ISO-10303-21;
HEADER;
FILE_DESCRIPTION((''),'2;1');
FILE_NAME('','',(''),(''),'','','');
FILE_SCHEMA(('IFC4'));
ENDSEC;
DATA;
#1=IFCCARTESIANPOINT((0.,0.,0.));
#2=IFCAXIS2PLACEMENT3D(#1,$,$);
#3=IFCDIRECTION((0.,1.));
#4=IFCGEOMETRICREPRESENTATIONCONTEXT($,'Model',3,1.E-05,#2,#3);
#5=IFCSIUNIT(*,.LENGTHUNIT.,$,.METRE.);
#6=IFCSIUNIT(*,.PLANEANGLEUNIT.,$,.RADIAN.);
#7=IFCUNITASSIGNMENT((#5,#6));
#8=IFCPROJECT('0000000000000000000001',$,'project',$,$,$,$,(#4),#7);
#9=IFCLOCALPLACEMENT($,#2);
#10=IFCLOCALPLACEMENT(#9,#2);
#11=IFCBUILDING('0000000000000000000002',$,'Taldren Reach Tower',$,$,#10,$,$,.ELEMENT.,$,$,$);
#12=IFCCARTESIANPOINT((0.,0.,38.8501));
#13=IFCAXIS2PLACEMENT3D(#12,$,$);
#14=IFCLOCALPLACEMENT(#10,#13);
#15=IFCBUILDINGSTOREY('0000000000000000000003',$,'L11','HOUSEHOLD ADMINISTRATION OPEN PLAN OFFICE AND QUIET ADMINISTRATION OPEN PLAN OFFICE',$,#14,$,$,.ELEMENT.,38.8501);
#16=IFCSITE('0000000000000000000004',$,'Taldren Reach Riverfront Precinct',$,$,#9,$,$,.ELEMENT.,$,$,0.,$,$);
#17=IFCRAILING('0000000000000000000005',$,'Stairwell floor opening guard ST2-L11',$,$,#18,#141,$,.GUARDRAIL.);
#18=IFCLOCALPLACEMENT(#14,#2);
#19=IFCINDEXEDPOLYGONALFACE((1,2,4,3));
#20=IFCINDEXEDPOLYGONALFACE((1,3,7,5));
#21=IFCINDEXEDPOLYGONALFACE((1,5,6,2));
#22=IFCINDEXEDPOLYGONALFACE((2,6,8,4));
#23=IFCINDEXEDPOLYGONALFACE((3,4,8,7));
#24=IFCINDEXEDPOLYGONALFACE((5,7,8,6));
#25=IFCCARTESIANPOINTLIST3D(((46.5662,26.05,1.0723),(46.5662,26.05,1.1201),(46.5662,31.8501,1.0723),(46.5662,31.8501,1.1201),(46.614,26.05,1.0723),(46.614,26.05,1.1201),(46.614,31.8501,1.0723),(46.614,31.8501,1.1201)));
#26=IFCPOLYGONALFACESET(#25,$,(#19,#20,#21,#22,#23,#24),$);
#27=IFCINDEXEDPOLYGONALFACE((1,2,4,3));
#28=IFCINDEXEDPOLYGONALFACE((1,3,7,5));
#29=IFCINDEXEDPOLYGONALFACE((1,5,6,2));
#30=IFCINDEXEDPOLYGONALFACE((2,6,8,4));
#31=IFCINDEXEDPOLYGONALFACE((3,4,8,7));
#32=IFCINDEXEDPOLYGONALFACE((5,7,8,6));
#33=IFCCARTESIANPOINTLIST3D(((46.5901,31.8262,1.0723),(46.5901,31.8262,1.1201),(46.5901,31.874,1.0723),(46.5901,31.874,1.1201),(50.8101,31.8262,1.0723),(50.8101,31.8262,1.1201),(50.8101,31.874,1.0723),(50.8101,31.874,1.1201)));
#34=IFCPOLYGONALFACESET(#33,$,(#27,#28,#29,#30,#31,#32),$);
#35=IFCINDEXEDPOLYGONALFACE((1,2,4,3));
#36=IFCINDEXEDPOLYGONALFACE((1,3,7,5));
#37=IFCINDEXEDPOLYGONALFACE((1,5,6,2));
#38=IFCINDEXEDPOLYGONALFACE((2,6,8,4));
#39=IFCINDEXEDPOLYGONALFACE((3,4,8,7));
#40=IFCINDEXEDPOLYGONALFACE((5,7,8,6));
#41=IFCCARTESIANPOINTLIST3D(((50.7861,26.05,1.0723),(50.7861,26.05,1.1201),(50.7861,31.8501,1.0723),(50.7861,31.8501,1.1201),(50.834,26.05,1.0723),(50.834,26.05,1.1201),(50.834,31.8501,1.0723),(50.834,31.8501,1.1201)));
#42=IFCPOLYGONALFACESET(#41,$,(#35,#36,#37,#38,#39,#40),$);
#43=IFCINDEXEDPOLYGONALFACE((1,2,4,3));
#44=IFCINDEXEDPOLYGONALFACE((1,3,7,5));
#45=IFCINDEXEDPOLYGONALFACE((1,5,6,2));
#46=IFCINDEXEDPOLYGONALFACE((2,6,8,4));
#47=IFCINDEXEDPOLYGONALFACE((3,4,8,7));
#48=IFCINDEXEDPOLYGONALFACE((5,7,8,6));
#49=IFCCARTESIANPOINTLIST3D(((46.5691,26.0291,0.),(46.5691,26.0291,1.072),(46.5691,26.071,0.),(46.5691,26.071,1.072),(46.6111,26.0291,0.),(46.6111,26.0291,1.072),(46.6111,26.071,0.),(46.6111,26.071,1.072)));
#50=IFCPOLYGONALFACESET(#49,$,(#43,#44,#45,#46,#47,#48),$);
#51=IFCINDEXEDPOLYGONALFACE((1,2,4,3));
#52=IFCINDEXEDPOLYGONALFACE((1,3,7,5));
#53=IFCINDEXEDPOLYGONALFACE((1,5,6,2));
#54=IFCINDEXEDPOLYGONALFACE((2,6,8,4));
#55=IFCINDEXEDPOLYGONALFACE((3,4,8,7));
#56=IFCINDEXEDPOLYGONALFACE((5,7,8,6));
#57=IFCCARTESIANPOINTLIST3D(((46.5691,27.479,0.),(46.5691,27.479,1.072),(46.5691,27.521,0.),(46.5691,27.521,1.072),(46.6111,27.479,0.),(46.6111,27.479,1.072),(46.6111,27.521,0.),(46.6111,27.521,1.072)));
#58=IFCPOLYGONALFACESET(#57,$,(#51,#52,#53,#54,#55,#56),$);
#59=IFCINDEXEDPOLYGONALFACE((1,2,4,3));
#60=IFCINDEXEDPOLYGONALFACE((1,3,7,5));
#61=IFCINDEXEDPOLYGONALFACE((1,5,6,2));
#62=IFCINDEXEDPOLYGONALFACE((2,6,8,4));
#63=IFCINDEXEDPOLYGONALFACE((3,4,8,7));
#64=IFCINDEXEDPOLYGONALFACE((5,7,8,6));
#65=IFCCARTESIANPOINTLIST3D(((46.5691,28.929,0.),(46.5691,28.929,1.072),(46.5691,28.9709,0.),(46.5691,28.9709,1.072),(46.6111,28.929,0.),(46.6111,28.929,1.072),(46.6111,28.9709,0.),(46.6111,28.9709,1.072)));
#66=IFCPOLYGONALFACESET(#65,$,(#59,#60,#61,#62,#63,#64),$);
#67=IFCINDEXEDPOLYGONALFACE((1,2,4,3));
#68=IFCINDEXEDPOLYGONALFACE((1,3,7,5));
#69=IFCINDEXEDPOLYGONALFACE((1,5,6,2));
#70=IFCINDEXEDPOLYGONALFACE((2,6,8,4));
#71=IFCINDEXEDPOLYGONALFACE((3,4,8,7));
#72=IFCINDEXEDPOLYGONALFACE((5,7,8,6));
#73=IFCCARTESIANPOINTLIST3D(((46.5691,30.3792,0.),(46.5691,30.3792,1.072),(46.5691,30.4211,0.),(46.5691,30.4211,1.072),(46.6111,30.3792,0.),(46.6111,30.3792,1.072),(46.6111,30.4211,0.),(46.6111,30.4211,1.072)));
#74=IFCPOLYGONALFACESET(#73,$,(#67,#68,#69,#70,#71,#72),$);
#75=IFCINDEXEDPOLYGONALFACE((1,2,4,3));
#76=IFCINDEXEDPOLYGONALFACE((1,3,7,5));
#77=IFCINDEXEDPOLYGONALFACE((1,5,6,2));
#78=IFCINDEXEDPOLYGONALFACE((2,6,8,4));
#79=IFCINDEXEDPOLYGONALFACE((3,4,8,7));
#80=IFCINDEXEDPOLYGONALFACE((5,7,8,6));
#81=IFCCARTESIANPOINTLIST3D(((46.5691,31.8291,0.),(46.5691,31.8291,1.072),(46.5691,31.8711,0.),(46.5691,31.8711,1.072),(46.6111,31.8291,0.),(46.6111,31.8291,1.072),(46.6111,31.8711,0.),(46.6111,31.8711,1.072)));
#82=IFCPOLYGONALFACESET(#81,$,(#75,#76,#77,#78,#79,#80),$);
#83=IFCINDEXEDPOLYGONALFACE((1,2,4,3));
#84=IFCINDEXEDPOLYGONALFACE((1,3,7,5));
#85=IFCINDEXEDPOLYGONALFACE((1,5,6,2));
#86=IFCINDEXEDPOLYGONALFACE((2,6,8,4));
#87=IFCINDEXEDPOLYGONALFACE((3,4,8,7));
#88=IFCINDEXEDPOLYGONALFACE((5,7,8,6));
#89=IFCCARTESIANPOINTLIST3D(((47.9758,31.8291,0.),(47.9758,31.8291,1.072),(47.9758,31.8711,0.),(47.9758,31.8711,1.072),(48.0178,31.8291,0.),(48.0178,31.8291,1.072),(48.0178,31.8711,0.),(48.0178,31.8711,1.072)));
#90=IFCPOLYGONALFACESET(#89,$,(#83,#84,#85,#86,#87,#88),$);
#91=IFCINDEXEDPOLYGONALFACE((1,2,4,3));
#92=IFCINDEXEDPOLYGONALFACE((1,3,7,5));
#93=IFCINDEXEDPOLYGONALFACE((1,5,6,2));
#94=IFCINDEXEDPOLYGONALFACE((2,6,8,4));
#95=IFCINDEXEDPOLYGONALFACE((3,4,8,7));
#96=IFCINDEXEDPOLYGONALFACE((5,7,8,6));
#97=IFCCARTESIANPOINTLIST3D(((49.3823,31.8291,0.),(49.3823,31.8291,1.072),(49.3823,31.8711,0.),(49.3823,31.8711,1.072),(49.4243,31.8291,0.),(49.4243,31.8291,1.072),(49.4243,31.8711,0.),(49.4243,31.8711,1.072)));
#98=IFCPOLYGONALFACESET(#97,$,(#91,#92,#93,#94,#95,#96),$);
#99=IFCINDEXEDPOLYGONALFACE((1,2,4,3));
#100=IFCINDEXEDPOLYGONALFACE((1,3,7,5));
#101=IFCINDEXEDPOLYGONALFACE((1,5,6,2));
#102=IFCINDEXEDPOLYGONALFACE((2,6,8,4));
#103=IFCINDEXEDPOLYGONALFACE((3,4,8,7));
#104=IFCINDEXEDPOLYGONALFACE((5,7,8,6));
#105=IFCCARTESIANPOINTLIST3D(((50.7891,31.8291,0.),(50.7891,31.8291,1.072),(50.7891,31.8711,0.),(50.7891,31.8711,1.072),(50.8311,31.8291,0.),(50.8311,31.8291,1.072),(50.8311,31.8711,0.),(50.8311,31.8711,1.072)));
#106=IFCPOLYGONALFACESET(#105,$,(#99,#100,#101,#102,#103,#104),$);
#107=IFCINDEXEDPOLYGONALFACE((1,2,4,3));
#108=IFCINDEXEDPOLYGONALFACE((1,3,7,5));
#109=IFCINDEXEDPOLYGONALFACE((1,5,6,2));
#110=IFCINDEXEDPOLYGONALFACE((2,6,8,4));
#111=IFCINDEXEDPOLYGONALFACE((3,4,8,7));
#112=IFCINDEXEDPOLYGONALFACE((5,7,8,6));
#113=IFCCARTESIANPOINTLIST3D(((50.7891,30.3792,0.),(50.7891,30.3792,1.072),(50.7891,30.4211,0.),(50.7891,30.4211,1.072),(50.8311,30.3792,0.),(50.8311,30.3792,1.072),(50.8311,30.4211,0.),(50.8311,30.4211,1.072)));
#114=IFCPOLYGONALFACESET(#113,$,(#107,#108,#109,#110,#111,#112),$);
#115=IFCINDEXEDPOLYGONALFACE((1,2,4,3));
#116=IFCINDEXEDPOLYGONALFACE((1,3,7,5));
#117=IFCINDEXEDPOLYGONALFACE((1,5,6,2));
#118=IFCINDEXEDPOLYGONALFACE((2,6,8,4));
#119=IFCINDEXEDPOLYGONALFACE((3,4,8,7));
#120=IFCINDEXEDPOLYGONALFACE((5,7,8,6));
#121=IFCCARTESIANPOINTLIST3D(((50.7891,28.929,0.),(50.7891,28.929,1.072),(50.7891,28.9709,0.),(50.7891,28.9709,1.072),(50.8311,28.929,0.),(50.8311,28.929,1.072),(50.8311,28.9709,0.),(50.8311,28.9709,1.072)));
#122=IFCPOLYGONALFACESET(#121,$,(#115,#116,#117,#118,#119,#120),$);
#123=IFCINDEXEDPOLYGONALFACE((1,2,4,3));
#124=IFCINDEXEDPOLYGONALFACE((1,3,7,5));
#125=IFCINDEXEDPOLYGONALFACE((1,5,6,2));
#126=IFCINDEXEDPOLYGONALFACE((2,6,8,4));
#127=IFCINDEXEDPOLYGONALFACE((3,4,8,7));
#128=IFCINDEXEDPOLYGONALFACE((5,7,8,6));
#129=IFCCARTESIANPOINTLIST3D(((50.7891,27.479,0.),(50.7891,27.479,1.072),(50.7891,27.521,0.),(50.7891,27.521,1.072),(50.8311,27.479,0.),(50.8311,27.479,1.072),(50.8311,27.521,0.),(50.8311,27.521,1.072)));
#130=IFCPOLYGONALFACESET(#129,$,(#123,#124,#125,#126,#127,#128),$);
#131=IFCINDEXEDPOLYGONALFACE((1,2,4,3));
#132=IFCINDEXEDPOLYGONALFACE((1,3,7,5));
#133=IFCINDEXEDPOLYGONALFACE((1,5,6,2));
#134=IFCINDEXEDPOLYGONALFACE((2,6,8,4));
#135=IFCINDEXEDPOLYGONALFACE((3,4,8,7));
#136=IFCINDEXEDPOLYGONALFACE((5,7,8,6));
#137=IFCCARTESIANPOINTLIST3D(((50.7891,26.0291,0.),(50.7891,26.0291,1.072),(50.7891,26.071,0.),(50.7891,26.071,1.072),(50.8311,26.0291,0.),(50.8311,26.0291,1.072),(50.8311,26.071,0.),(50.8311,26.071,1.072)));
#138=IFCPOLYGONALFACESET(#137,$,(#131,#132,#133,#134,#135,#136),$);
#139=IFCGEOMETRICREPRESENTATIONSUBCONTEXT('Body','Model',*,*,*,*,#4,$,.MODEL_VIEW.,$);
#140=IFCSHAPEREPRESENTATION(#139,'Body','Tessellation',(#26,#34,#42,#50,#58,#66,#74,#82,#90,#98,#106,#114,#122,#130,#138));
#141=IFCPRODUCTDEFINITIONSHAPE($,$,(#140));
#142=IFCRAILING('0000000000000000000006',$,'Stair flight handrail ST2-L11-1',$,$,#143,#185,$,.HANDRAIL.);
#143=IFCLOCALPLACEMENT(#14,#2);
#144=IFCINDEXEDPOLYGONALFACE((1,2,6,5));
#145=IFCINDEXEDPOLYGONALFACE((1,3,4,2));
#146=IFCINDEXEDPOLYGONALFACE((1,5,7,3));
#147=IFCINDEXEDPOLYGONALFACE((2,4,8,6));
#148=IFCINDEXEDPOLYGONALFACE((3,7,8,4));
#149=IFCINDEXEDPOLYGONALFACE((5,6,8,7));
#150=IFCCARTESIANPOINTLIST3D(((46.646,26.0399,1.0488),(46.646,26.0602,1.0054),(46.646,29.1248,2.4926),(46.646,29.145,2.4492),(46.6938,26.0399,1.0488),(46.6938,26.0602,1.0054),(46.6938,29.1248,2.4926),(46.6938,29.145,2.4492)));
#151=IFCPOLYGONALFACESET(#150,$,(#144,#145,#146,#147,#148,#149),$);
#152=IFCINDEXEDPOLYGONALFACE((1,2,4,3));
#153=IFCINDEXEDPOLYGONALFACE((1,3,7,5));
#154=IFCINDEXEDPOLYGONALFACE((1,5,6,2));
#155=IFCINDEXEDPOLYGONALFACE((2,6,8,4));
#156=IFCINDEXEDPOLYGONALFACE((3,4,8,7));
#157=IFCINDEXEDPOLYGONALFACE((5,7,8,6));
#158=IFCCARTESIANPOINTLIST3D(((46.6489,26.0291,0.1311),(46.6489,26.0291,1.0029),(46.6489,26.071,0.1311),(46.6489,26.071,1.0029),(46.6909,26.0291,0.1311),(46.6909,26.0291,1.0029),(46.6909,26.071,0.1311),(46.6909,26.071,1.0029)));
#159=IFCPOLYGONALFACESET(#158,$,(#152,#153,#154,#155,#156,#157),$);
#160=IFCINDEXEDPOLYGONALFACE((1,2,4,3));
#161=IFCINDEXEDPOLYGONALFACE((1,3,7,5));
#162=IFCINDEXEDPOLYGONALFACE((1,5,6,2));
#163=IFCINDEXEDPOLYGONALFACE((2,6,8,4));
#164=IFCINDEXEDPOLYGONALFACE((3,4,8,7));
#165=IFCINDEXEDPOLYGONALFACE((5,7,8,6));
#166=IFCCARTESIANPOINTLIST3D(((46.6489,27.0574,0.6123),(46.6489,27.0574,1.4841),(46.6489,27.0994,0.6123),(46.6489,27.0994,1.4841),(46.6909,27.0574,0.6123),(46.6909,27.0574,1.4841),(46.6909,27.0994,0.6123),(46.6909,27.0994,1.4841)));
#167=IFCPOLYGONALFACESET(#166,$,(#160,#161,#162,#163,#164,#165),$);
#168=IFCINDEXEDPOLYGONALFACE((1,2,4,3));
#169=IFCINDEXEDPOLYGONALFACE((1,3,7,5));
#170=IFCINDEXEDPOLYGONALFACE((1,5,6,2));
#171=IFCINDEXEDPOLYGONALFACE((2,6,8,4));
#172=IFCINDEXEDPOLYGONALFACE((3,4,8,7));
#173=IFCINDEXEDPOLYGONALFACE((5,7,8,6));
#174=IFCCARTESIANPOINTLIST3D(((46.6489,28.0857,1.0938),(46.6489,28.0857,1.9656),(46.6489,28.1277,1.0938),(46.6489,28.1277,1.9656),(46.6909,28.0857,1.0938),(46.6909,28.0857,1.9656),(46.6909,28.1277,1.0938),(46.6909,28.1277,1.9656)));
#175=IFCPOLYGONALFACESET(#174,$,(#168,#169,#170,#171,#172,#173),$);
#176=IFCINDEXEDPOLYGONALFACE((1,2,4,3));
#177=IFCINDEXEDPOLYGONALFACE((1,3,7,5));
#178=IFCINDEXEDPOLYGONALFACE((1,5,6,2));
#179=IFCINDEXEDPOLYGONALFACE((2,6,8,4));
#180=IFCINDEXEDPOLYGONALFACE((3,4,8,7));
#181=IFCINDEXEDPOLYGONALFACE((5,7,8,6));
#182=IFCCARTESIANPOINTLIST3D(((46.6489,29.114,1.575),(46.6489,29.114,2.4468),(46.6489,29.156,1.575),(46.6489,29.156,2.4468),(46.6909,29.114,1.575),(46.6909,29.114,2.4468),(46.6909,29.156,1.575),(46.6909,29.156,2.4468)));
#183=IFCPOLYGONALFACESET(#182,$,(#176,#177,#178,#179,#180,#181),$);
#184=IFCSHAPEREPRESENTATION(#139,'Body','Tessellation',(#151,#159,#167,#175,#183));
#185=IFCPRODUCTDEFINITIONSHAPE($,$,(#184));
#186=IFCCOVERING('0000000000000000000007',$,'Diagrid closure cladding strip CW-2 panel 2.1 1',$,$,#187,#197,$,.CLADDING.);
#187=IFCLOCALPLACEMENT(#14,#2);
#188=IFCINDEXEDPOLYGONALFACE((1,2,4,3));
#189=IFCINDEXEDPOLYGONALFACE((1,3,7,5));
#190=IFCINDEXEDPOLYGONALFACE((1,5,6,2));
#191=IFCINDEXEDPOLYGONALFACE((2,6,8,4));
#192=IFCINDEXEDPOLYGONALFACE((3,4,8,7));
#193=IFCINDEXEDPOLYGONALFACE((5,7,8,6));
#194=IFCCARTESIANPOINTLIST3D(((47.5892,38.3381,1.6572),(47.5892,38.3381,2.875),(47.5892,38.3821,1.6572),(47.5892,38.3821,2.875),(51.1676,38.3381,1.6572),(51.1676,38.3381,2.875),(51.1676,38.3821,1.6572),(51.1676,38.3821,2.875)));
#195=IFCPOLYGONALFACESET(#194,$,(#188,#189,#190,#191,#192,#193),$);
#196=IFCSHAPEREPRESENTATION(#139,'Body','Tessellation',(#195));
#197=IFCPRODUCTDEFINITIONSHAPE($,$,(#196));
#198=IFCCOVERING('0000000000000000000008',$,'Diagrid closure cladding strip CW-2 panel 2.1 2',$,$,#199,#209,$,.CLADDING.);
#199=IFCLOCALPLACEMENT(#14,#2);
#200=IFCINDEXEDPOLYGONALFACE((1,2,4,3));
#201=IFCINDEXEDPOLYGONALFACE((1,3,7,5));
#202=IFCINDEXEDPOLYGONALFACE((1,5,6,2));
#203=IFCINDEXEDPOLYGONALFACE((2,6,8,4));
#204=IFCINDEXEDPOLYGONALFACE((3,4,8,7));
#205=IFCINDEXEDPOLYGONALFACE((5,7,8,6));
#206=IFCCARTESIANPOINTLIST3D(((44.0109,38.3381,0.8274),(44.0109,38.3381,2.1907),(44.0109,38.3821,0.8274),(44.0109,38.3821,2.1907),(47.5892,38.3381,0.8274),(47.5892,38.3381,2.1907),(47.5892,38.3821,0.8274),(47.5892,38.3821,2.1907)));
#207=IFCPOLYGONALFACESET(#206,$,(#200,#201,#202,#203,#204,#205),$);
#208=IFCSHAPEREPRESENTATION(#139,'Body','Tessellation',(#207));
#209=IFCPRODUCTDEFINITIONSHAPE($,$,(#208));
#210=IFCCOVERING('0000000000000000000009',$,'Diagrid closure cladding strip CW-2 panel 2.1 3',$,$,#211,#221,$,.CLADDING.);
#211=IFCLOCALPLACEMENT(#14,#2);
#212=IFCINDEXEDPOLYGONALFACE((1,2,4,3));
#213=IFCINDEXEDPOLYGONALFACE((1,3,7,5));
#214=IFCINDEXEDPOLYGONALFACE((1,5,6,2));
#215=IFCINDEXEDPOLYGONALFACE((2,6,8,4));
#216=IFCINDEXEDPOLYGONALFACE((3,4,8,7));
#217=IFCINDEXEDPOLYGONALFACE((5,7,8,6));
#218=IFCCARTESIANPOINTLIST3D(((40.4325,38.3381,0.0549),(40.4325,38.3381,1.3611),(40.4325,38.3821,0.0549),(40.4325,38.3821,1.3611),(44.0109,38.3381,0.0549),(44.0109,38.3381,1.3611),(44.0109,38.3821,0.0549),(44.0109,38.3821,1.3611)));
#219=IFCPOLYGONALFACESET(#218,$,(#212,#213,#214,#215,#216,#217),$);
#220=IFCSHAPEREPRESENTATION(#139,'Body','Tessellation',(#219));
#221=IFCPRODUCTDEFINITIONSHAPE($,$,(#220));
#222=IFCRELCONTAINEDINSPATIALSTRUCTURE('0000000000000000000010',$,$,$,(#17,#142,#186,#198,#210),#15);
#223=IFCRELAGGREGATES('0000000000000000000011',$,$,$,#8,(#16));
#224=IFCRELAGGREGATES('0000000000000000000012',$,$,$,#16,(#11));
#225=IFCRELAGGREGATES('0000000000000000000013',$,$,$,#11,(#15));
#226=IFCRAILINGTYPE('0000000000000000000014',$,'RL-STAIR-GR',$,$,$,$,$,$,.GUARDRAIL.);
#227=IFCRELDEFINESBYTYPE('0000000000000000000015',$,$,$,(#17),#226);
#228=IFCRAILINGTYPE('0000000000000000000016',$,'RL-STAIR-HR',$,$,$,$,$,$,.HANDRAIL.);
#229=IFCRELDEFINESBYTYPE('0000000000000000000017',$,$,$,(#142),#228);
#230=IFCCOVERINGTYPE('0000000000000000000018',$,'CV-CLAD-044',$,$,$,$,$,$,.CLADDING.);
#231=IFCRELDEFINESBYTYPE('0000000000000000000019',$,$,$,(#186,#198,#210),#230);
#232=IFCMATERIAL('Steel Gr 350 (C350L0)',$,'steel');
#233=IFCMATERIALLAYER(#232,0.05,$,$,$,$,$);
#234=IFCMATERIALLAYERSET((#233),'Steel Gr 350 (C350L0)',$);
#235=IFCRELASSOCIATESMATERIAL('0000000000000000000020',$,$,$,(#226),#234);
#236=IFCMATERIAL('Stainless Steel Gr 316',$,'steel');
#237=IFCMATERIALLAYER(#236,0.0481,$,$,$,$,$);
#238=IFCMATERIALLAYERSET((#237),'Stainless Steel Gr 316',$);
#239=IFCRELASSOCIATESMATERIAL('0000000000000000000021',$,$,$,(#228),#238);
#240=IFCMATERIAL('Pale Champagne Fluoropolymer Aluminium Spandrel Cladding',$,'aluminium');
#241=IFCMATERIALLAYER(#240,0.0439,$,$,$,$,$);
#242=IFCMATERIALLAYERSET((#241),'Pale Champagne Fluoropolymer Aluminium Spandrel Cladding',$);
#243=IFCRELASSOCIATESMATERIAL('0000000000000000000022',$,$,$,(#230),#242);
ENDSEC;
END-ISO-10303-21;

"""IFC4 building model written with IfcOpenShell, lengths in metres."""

from ifc_helpers import new_model, si_unit, direction, frame, origin, origin_2d, place, context, subcontext, project, spatial, rectangle, extrude, source, transform, mapped, material, layer, layer_set, type_object, element, save


model = new_model("IFC4")

# Units and contexts
model_context = context("Model", 3, precision=1e-05, world=origin(), true_north=direction((0.0, 1.0)))
body_context = subcontext(model_context, "Body", "Model", "MODEL_VIEW")
ifc_project = project(units=[si_unit("LENGTHUNIT", "METRE"), si_unit("PLANEANGLEUNIT", "RADIAN")], contexts=[model_context])

# Site, building, storey
site_placement = place(None, origin())
site = spatial("IfcSite", under=ifc_project, at=site_placement, Name="Taldren Reach Riverfront Precinct", CompositionType="ELEMENT", RefElevation=0.0)
building_placement = place(site_placement, origin())
building = spatial("IfcBuilding", under=site, at=building_placement, Name="Taldren Reach Tower", CompositionType="ELEMENT")
storey_placement = place(building_placement, frame((0.0, 0.0, 38.8501)))
storey = spatial("IfcBuildingStorey", under=building, at=storey_placement, Name="L11", Description="HOUSEHOLD ADMINISTRATION OPEN PLAN OFFICE AND QUIET ADMINISTRATION OPEN PLAN OFFICE", CompositionType="ELEMENT", Elevation=38.8501)

# Shared definitions
ifc_material_1 = material(Name="Steel Gr 350 (C350L0)", Category="steel")

# Railings
ifc_layer_1 = layer(ifc_material_1, 0.05)
ifc_layer_set_1 = layer_set([ifc_layer_1], Name="Steel Gr 350 (C350L0)")
railing_type_1 = type_object("IfcRailingType", Name="RL-STAIR-GR", PredefinedType="GUARDRAIL", material=ifc_layer_set_1)
railing_1_placement = place(storey_placement, frame((46.5901, 26.05, 0.0)))
element("IfcRailing", 1, at=railing_1_placement, inside=storey, type_object=railing_type_1, Name="Stairwell floor opening guard ST2-L11", PredefinedType="GUARDRAIL", context=body_context, shape_type="SweptSolid", body=[
    extrude(rectangle(XDim=0.0479, YDim=0.0479, at=origin_2d()), frame((0.0, 0.0, 1.0962), z_axis=(0.0, 1.0, 0.0), x_axis=(-1.0, 0.0, 0.0)), (0.0, 0.0, 1.0), 5.8),
    extrude(rectangle(XDim=0.0479, YDim=0.0479, at=origin_2d()), frame((0.0, 5.8, 1.0962), z_axis=(1.0, 0.0, 0.0), x_axis=(0.0, 1.0, 0.0)), (0.0, 0.0, 1.0), 4.22),
    extrude(rectangle(XDim=0.0479, YDim=0.0479, at=origin_2d()), frame((4.22, 5.8, 1.0962), z_axis=(0.0, -1.0, 0.0), x_axis=(1.0, 0.0, 0.0)), (0.0, 0.0, 1.0), 5.8),
    extrude(rectangle(XDim=0.042, YDim=0.042, at=origin_2d()), origin(), (0.0, 0.0, 1.0), 1.072),
    extrude(rectangle(XDim=0.042, YDim=0.042, at=origin_2d()), frame((0.0, 1.45, 0.0)), (0.0, 0.0, 1.0), 1.072),
    extrude(rectangle(XDim=0.042, YDim=0.042, at=origin_2d()), frame((0.0, 2.8999, 0.0)), (0.0, 0.0, 1.0), 1.072),
    extrude(rectangle(XDim=0.042, YDim=0.042, at=origin_2d()), frame((0.0, 4.3501, 0.0)), (0.0, 0.0, 1.0), 1.072),
    extrude(rectangle(XDim=0.042, YDim=0.042, at=origin_2d()), frame((0.0, 5.8, 0.0)), (0.0, 0.0, 1.0), 1.072),
    extrude(rectangle(XDim=0.042, YDim=0.042, at=origin_2d()), frame((1.4067, 5.8, 0.0)), (0.0, 0.0, 1.0), 1.072),
    extrude(rectangle(XDim=0.042, YDim=0.042, at=origin_2d()), frame((2.8132, 5.8, 0.0)), (0.0, 0.0, 1.0), 1.072),
    extrude(rectangle(XDim=0.042, YDim=0.042, at=origin_2d()), frame((4.22, 5.8, 0.0)), (0.0, 0.0, 1.0), 1.072),
    extrude(rectangle(XDim=0.042, YDim=0.042, at=origin_2d()), frame((4.22, 4.3501, 0.0)), (0.0, 0.0, 1.0), 1.072),
    extrude(rectangle(XDim=0.042, YDim=0.042, at=origin_2d()), frame((4.22, 2.8999, 0.0)), (0.0, 0.0, 1.0), 1.072),
    extrude(rectangle(XDim=0.042, YDim=0.042, at=origin_2d()), frame((4.22, 1.45, 0.0)), (0.0, 0.0, 1.0), 1.072),
    extrude(rectangle(XDim=0.042, YDim=0.042, at=origin_2d()), frame((4.22, 0.0, 0.0)), (0.0, 0.0, 1.0), 1.072),
])
ifc_material_2 = material(Name="Stainless Steel Gr 316", Category="steel")
ifc_layer_2 = layer(ifc_material_2, 0.0481)
ifc_layer_set_2 = layer_set([ifc_layer_2], Name="Stainless Steel Gr 316")
railing_type_2 = type_object("IfcRailingType", Name="RL-STAIR-HR", PredefinedType="HANDRAIL", material=ifc_layer_set_2)
railing_2_placement = place(storey_placement, frame((46.6699, 26.05, 0.1311)))
element("IfcRailing", 2, at=railing_2_placement, inside=storey, type_object=railing_type_2, Name="Stair flight handrail ST2-L11-1", PredefinedType="HANDRAIL", context=body_context, shape_type="SweptSolid", body=[
    extrude(rectangle(XDim=0.0479, YDim=0.0479, at=origin_2d()), frame((0.0, 0.0, 0.896), z_axis=(0.0, 0.90571, 0.423898), x_axis=(-1.0, 0.0, 0.0)), (0.0, 0.0, 1.0), 3.406),
    extrude(rectangle(XDim=0.042, YDim=0.042, at=origin_2d()), origin(), (0.0, 0.0, 1.0), 0.8718),
    extrude(rectangle(XDim=0.042, YDim=0.042, at=origin_2d()), frame((0.0, 1.0283, 0.4812)), (0.0, 0.0, 1.0), 0.8718),
    extrude(rectangle(XDim=0.042, YDim=0.042, at=origin_2d()), frame((0.0, 2.0566, 0.9626)), (0.0, 0.0, 1.0), 0.8718),
    extrude(rectangle(XDim=0.042, YDim=0.042, at=origin_2d()), frame((0.0, 3.085, 1.4438)), (0.0, 0.0, 1.0), 0.8718),
])

# Coverings
ifc_material_3 = material(Name="Pale Champagne Fluoropolymer Aluminium Spandrel Cladding", Category="aluminium")
ifc_layer_3 = layer(ifc_material_3, 0.0439)
ifc_layer_set_3 = layer_set([ifc_layer_3], Name="Pale Champagne Fluoropolymer Aluminium Spandrel Cladding")
covering_type = type_object("IfcCoveringType", Name="CV-CLAD-044", PredefinedType="CLADDING", material=ifc_layer_set_3)
shared_shape_1 = source(origin(), body_context, "Body", "SweptSolid", [
    extrude(rectangle(XDim=3.5784, YDim=0.0439, at=origin_2d()), origin(), (0.0, 0.0, 1.0), 1.2178),
])
covering_1_placement = place(storey_placement, frame((49.3784, 38.3601, 1.6572), z_axis=(0.0, 0.0, 1.0), x_axis=(-1.0, 0.0, 0.0)))
element("IfcCovering", 3, at=covering_1_placement, inside=storey, type_object=covering_type, Name="Diagrid closure cladding strip CW-2 panel 2.1 1", PredefinedType="CLADDING", context=body_context, shape_type="MappedRepresentation", body=[
    mapped(shared_shape_1, transform((0.0, 0.0, 0.0), scale=1.0)),
])
shared_shape_2 = source(origin(), body_context, "Body", "SweptSolid", [
    extrude(rectangle(XDim=3.5784, YDim=0.0439, at=origin_2d()), origin(), (0.0, 0.0, 1.0), 1.3633),
])
covering_2_placement = place(storey_placement, frame((45.8, 38.3601, 0.8274), z_axis=(0.0, 0.0, 1.0), x_axis=(-1.0, 0.0, 0.0)))
element("IfcCovering", 4, at=covering_2_placement, inside=storey, type_object=covering_type, Name="Diagrid closure cladding strip CW-2 panel 2.1 2", PredefinedType="CLADDING", context=body_context, shape_type="MappedRepresentation", body=[
    mapped(shared_shape_2, transform((0.0, 0.0, 0.0), scale=1.0)),
])
shared_shape_3 = source(origin(), body_context, "Body", "SweptSolid", [
    extrude(rectangle(XDim=3.5784, YDim=0.0439, at=origin_2d()), origin(), (0.0, 0.0, 1.0), 1.3062),
])
covering_3_placement = place(storey_placement, frame((42.2217, 38.3601, 0.0549), z_axis=(0.0, 0.0, 1.0), x_axis=(-1.0, 0.0, 0.0)))
element("IfcCovering", 5, at=covering_3_placement, inside=storey, type_object=covering_type, Name="Diagrid closure cladding strip CW-2 panel 2.1 3", PredefinedType="CLADDING", context=body_context, shape_type="MappedRepresentation", body=[
    mapped(shared_shape_3, transform((0.0, 0.0, 0.0), scale=1.0)),
])

save(model, "model.ifc")
